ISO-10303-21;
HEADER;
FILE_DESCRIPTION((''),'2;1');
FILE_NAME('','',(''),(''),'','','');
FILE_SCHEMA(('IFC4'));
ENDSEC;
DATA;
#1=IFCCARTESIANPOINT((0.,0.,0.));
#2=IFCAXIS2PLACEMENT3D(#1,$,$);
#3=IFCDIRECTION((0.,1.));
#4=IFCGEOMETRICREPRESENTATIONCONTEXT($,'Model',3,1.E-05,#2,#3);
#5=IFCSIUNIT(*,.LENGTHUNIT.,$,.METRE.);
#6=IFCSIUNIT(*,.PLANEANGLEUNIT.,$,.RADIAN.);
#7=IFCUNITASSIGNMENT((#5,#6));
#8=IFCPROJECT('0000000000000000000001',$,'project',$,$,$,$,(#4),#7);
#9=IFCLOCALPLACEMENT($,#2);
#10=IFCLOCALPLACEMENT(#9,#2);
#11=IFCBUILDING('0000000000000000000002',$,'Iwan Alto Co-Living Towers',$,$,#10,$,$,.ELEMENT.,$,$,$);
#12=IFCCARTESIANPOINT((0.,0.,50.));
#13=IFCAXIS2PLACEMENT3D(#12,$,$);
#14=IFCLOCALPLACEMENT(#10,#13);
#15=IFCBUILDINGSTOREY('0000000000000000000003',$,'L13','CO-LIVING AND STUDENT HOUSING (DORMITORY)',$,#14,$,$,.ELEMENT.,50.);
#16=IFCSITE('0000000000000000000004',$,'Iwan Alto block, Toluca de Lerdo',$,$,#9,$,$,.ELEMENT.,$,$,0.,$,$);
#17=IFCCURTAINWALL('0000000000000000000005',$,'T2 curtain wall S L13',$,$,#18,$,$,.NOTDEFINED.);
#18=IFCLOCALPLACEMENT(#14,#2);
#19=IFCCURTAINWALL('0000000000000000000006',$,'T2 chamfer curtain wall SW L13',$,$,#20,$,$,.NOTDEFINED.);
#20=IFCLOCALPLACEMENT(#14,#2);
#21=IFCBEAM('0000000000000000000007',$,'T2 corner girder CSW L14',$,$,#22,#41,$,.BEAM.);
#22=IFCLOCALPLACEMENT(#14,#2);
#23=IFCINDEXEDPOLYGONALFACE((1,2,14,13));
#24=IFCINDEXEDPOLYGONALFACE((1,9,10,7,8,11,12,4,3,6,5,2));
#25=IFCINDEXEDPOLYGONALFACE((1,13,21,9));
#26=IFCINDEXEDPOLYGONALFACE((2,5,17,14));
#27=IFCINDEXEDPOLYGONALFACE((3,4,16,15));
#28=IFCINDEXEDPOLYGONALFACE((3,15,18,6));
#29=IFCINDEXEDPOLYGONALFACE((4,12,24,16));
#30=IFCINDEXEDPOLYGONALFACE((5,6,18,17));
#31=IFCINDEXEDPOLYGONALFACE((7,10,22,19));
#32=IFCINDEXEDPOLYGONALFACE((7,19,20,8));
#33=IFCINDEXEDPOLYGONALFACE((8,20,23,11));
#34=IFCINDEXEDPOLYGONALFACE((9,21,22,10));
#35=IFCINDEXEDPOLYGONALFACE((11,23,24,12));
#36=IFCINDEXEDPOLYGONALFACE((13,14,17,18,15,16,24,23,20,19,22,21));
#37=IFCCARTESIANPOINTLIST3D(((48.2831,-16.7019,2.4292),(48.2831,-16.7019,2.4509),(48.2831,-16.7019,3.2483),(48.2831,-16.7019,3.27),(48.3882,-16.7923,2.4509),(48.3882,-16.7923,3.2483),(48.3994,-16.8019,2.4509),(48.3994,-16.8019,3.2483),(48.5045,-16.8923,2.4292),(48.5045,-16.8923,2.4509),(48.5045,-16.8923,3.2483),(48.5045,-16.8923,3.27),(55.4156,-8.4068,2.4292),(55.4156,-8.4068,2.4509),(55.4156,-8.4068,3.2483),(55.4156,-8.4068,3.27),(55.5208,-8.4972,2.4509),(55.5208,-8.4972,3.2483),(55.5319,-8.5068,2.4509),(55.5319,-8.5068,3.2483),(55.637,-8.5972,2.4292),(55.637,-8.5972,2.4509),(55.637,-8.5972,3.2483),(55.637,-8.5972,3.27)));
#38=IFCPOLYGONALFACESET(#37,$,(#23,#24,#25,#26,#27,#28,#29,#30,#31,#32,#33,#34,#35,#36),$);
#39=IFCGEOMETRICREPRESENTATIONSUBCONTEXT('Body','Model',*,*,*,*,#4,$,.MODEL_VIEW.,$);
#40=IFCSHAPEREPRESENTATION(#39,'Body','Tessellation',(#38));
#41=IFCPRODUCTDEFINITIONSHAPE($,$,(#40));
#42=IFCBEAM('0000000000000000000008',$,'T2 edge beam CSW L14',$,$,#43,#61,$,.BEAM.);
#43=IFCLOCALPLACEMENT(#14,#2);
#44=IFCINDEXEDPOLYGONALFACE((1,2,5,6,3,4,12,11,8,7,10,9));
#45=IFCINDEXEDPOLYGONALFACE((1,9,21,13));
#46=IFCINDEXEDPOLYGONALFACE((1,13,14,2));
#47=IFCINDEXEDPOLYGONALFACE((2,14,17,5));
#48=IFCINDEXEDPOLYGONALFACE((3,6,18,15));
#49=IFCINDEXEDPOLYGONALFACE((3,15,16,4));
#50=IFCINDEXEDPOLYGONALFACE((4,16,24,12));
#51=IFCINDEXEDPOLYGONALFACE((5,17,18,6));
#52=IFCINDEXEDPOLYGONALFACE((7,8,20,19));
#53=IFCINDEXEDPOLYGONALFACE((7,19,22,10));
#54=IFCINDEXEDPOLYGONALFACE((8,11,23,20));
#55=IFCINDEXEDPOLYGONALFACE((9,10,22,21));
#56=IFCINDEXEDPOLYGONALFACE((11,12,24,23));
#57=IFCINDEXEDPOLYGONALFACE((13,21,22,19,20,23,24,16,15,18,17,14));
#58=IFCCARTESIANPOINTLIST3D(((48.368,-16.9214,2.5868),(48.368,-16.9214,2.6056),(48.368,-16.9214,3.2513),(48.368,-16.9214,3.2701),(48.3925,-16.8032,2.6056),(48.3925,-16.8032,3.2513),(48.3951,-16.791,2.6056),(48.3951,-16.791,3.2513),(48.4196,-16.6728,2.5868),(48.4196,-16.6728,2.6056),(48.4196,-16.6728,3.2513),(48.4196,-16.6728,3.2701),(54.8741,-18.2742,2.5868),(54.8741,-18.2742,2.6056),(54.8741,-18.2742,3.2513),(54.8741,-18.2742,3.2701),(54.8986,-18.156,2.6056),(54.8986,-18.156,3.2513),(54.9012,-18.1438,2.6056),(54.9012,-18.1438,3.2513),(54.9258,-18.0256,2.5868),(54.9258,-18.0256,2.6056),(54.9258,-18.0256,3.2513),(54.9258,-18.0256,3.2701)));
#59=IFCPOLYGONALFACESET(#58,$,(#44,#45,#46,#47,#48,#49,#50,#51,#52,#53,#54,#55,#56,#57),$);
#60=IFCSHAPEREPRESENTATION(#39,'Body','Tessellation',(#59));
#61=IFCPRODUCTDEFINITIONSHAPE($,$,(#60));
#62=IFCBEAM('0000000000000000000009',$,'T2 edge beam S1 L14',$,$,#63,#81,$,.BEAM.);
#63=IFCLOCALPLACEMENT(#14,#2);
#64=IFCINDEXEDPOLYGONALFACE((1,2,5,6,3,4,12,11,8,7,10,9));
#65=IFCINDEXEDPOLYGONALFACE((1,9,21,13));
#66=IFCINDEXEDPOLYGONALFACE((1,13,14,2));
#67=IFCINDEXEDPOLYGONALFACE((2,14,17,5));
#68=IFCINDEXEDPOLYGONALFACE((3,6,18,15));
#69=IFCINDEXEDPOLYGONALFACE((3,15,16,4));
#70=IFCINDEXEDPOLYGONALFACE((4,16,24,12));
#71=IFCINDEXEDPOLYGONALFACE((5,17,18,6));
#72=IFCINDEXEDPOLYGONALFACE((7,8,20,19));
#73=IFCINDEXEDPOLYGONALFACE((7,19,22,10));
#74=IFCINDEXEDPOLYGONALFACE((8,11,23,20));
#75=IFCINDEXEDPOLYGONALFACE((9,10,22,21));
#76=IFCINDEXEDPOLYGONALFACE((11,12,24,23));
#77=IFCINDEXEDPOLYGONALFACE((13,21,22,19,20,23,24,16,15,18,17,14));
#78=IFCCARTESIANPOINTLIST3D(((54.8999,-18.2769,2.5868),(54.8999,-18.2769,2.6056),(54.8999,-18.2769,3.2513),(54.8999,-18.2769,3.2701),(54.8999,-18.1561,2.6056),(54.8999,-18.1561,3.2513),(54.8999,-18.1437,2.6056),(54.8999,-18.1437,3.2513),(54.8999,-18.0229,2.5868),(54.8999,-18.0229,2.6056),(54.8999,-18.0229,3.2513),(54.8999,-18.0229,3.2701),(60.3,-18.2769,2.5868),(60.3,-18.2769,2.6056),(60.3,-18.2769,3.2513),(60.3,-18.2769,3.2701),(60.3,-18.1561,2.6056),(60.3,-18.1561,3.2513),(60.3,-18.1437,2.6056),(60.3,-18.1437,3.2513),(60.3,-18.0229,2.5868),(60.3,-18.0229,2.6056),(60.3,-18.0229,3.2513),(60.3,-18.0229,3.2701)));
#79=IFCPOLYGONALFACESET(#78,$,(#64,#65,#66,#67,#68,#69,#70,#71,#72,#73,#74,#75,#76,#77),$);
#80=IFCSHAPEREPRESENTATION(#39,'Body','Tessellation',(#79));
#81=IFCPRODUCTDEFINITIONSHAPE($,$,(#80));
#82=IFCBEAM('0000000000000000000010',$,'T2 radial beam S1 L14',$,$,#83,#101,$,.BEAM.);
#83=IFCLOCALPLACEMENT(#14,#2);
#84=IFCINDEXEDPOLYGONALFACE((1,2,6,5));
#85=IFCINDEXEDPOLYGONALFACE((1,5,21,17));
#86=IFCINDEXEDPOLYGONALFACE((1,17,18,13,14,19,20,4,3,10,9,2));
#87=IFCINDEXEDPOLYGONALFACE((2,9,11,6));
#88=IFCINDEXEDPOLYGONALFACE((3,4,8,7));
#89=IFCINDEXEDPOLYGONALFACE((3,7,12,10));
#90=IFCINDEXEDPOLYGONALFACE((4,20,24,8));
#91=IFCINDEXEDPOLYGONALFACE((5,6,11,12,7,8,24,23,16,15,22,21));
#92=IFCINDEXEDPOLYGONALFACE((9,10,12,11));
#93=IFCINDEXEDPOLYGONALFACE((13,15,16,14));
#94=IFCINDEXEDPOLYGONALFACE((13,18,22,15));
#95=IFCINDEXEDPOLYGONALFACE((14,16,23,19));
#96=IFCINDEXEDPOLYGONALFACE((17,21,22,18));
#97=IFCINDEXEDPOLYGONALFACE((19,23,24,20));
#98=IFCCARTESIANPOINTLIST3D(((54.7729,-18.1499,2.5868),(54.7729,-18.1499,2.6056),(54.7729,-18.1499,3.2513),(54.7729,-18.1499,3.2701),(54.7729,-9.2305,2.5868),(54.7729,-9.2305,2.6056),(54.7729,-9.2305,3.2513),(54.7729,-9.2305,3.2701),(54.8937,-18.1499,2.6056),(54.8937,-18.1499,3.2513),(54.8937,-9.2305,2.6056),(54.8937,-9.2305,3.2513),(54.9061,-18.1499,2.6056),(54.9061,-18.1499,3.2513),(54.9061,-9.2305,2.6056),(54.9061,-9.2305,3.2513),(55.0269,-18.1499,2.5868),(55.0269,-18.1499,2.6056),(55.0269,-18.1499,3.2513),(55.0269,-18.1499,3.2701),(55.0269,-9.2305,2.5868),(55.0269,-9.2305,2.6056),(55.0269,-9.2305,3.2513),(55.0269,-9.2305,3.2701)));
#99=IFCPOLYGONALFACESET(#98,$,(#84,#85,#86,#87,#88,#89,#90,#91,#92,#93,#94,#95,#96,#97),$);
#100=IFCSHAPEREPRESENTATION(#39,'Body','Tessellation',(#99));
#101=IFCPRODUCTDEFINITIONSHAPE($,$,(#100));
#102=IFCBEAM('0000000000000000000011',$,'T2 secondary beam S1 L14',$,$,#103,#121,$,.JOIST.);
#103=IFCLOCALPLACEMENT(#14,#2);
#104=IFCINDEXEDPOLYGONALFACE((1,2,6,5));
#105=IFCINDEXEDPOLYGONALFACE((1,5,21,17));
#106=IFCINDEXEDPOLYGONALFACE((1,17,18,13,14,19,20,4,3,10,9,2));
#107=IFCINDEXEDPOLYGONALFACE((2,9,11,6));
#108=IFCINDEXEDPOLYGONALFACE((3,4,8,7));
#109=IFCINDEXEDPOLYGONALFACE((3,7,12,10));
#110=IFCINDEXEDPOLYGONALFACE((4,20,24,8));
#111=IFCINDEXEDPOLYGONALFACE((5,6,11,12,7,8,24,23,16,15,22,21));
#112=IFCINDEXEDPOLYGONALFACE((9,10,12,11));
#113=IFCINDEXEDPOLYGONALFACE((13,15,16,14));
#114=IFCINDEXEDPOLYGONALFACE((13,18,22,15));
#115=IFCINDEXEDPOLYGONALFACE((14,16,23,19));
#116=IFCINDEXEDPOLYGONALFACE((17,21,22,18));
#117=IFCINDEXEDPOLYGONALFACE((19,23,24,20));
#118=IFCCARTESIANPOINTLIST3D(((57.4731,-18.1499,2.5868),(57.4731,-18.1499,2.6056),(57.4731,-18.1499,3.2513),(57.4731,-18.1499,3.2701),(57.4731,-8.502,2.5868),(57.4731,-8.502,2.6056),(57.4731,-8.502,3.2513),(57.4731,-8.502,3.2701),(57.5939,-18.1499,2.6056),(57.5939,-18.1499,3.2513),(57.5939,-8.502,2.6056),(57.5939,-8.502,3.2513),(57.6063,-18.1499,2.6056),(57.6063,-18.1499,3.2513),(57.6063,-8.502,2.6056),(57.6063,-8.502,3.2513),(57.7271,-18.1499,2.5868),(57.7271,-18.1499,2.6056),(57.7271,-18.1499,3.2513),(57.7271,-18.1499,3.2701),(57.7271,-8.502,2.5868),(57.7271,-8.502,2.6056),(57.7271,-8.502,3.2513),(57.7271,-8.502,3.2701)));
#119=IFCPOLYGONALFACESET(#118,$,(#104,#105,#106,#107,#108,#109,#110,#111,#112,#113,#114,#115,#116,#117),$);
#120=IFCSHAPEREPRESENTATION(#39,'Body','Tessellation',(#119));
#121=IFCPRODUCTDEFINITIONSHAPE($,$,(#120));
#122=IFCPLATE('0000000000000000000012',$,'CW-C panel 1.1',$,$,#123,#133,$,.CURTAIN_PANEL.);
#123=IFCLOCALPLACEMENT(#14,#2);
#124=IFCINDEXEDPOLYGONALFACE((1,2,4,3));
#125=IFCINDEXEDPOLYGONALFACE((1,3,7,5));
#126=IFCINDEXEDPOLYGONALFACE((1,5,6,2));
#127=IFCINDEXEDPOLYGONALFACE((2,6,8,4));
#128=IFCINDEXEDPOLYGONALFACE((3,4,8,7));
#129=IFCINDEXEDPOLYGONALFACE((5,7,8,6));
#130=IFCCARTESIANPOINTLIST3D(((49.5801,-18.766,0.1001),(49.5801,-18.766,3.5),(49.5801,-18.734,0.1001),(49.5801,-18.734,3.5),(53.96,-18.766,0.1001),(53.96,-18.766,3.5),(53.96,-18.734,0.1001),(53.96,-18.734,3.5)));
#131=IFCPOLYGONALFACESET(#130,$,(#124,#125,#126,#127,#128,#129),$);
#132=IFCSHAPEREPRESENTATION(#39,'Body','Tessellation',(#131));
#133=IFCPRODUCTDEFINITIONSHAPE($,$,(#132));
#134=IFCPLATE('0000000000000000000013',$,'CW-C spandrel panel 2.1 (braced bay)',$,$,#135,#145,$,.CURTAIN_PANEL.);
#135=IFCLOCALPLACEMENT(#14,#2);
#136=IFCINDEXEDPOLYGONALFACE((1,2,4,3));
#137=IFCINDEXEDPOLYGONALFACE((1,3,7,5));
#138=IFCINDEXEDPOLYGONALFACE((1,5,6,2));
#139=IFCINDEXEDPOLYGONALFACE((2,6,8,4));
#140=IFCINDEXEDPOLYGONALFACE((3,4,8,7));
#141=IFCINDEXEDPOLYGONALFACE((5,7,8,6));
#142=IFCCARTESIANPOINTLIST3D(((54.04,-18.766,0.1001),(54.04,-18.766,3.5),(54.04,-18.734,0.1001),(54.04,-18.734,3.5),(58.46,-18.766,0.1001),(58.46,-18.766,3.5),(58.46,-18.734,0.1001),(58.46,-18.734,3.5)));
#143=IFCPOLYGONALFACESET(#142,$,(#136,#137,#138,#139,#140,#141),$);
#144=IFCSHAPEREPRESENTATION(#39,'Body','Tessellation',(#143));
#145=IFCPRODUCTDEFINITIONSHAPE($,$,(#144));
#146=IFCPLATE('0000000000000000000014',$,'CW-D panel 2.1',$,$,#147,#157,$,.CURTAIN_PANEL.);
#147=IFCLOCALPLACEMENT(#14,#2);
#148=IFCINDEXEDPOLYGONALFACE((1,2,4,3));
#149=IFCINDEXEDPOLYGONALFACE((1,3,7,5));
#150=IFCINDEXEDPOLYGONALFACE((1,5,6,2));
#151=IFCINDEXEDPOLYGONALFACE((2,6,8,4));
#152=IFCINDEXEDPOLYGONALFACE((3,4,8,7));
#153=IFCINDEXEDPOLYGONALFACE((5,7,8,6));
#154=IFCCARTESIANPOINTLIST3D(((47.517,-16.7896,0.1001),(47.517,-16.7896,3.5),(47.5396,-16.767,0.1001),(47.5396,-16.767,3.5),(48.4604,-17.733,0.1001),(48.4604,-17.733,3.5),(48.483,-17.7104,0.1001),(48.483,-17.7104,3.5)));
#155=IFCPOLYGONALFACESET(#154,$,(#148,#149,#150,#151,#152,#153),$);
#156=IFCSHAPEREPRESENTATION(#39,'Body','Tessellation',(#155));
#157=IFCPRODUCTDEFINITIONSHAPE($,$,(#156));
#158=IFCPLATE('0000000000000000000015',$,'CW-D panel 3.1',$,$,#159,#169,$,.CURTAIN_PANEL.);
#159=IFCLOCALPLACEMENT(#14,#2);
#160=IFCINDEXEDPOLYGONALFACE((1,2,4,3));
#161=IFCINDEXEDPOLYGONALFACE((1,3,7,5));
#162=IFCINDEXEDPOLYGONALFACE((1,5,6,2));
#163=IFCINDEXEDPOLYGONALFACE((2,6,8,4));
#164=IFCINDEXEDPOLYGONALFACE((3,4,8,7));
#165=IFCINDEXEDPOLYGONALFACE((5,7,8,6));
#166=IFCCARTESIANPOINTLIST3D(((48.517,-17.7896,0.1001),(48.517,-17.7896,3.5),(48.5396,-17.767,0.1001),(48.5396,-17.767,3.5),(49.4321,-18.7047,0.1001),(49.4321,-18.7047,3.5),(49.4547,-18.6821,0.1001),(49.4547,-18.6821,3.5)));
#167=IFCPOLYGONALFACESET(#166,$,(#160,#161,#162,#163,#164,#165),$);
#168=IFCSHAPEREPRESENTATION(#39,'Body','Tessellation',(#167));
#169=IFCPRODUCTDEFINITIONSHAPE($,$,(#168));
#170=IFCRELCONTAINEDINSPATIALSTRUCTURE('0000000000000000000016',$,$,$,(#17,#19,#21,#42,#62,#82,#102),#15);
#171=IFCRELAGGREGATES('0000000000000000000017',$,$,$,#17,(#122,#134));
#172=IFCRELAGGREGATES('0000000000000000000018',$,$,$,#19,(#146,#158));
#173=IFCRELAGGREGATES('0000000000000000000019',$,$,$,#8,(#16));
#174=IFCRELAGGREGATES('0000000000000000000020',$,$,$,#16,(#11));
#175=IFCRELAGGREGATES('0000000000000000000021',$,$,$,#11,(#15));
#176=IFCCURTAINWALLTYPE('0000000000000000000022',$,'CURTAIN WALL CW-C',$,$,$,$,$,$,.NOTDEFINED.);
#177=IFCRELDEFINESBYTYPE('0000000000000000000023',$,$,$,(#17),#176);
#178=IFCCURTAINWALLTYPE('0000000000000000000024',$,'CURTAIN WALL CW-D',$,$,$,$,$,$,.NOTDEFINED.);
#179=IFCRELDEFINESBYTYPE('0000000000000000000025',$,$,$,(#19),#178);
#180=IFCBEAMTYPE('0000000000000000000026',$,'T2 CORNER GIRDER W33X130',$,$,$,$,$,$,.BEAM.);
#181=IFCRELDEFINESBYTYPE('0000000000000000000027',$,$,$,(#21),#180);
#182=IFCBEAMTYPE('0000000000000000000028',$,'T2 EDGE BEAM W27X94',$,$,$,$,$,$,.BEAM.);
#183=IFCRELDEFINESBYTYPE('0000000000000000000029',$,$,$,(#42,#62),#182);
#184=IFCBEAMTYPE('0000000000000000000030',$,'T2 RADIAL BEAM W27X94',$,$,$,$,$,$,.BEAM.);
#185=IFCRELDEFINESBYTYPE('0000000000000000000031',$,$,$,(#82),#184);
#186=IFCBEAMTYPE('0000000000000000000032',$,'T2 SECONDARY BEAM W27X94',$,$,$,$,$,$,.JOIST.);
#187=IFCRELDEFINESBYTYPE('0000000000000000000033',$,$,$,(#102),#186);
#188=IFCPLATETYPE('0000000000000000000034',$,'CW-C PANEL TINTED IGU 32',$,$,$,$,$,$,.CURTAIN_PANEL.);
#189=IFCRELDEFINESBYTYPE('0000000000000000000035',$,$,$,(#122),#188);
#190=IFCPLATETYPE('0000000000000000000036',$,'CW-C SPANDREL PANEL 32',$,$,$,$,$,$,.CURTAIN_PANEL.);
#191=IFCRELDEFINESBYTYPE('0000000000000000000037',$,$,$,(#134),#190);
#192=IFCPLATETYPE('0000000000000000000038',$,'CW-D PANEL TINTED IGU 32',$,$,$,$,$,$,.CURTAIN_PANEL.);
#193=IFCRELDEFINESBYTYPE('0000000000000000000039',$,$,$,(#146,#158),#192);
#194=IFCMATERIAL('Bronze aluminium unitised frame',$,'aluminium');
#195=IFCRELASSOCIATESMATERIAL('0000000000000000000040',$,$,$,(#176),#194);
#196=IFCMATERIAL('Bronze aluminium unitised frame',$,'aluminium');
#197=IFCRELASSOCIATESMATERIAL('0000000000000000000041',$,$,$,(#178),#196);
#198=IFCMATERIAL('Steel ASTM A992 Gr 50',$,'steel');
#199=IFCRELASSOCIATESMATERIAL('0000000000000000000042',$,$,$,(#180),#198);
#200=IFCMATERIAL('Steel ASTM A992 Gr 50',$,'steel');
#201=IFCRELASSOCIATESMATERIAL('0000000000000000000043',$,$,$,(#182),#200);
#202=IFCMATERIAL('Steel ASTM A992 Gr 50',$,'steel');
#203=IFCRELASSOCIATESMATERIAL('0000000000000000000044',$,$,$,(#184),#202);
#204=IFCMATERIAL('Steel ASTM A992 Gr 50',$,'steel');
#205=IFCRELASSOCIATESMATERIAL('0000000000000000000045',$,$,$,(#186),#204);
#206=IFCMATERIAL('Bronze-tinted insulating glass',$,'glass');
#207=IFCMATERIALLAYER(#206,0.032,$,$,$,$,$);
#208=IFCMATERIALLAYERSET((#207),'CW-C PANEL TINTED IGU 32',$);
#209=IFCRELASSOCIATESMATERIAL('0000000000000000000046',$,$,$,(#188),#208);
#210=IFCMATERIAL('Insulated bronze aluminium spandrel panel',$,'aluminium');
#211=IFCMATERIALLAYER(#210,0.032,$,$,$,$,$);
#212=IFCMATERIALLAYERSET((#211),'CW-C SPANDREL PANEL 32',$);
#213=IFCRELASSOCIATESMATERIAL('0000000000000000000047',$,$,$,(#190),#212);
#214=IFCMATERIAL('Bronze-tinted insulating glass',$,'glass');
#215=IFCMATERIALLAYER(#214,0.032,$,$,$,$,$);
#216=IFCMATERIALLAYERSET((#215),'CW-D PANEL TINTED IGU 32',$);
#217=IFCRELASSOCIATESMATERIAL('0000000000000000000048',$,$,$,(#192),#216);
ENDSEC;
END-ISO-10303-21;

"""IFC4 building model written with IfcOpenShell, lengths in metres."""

from ifc_helpers import new_model, si_unit, direction, frame, origin, origin_2d, place, context, subcontext, project, spatial, rectangle, i_section, extrude, material, layer, layer_set, material_profile, profile_set, type_object, element, aggregate, save


model = new_model("IFC4")

# Units and contexts
model_context = context("Model", 3, precision=1e-05, world=origin(), true_north=direction((0.0, 1.0)))
body_context = subcontext(model_context, "Body", "Model", "MODEL_VIEW")
ifc_project = project(units=[si_unit("LENGTHUNIT", "METRE"), si_unit("PLANEANGLEUNIT", "RADIAN")], contexts=[model_context])

# Site, building, storey
site_placement = place(None, origin())
site = spatial("IfcSite", under=ifc_project, at=site_placement, Name="Iwan Alto block, Toluca de Lerdo", CompositionType="ELEMENT", RefElevation=0.0)
building_placement = place(site_placement, origin())
building = spatial("IfcBuilding", under=site, at=building_placement, Name="Iwan Alto Co-Living Towers", CompositionType="ELEMENT")
storey_placement = place(building_placement, frame((0.0, 0.0, 50.0)))
storey = spatial("IfcBuildingStorey", under=building, at=storey_placement, Name="L13", Description="CO-LIVING AND STUDENT HOUSING (DORMITORY)", CompositionType="ELEMENT", Elevation=50.0)

# Curtain walls
ifc_material_1 = material(Name="Bronze aluminium unitised frame", Category="aluminium")
curtain_wall_type_1 = type_object("IfcCurtainWallType", Name="CURTAIN WALL CW-C", PredefinedType="NOTDEFINED", material=ifc_material_1)
curtain_wall_1_placement = place(storey_placement, origin())
curtain_wall_1 = element("IfcCurtainWall", 1, at=curtain_wall_1_placement, inside=storey, type_object=curtain_wall_type_1, Name="T2 curtain wall S L13", PredefinedType="NOTDEFINED")
ifc_material_2 = material(Name="Bronze aluminium unitised frame", Category="aluminium")
curtain_wall_type_2 = type_object("IfcCurtainWallType", Name="CURTAIN WALL CW-D", PredefinedType="NOTDEFINED", material=ifc_material_2)
curtain_wall_2_placement = place(storey_placement, origin())
curtain_wall_2 = element("IfcCurtainWall", 2, at=curtain_wall_2_placement, inside=storey, type_object=curtain_wall_type_2, Name="T2 chamfer curtain wall SW L13", PredefinedType="NOTDEFINED")

# Beams
ifc_material_3 = material(Name="Steel ASTM A992 Gr 50", Category="steel")
ifc_material_profile_1 = material_profile(ifc_material_3, i_section(OverallWidth=0.292, OverallDepth=0.8408, WebThickness=0.0146, FlangeThickness=0.0217, at=origin_2d()), Name="W33X130")
ifc_profile_set_1 = profile_set([ifc_material_profile_1], Name="Steel ASTM A992 Gr 50")
beam_type_1 = type_object("IfcBeamType", Name="T2 CORNER GIRDER W33X130", PredefinedType="BEAM", material=ifc_profile_set_1)
beam_1_placement = place(storey_placement, frame((48.3938, -16.7971, 2.8496), z_axis=(0.651972, 0.758243, 0.0), x_axis=(-0.758243, 0.651972, 0.0)))
element("IfcBeam", 3, at=beam_1_placement, inside=storey, type_object=beam_type_1, Name="T2 corner girder CSW L14", PredefinedType="BEAM", context=body_context, shape_type="SweptSolid", body=[
    extrude(i_section(OverallWidth=0.292, OverallDepth=0.8408, WebThickness=0.0146, FlangeThickness=0.0217, at=origin_2d()), origin(), (0.0, 0.0, 1.0), 10.9399),
])
ifc_material_4 = material(Name="Steel ASTM A992 Gr 50", Category="steel")
ifc_material_profile_2 = material_profile(ifc_material_4, i_section(OverallWidth=0.2539, OverallDepth=0.6833, WebThickness=0.0125, FlangeThickness=0.0188, at=origin_2d()), Name="W27X94")
ifc_profile_set_2 = profile_set([ifc_material_profile_2], Name="Steel ASTM A992 Gr 50")
beam_type_2 = type_object("IfcBeamType", Name="T2 EDGE BEAM W27X94", PredefinedType="BEAM", material=ifc_profile_set_2)
beam_2_placement = place(storey_placement, frame((48.3938, -16.7971, 2.9285), z_axis=(0.97906, -0.203571, 0.0), x_axis=(0.203571, 0.97906, 0.0)))
element("IfcBeam", 4, at=beam_2_placement, inside=storey, type_object=beam_type_2, Name="T2 edge beam CSW L14", PredefinedType="BEAM", context=body_context, shape_type="SweptSolid", body=[
    extrude(i_section(OverallWidth=0.2539, OverallDepth=0.6833, WebThickness=0.0125, FlangeThickness=0.0188, at=origin_2d()), origin(), (0.0, 0.0, 1.0), 6.6453),
])
beam_3_placement = place(storey_placement, frame((54.8999, -18.1499, 2.9285), z_axis=(1.0, 0.0, 0.0), x_axis=(0.0, 1.0, 0.0)))
element("IfcBeam", 5, at=beam_3_placement, inside=storey, type_object=beam_type_2, Name="T2 edge beam S1 L14", PredefinedType="BEAM", context=body_context, shape_type="SweptSolid", body=[
    extrude(i_section(OverallWidth=0.2539, OverallDepth=0.6833, WebThickness=0.0125, FlangeThickness=0.0188, at=origin_2d()), origin(), (0.0, 0.0, 1.0), 5.4001),
])
ifc_material_5 = material(Name="Steel ASTM A992 Gr 50", Category="steel")
ifc_material_profile_3 = material_profile(ifc_material_5, i_section(OverallWidth=0.2539, OverallDepth=0.6833, WebThickness=0.0125, FlangeThickness=0.0188, at=origin_2d()), Name="W27X94")
ifc_profile_set_3 = profile_set([ifc_material_profile_3], Name="Steel ASTM A992 Gr 50")
beam_type_3 = type_object("IfcBeamType", Name="T2 RADIAL BEAM W27X94", PredefinedType="BEAM", material=ifc_profile_set_3)
beam_4_placement = place(storey_placement, frame((54.8999, -18.1499, 2.9285), z_axis=(0.0, 1.0, 0.0), x_axis=(-1.0, 0.0, 0.0)))
element("IfcBeam", 6, at=beam_4_placement, inside=storey, type_object=beam_type_3, Name="T2 radial beam S1 L14", PredefinedType="BEAM", context=body_context, shape_type="SweptSolid", body=[
    extrude(i_section(OverallWidth=0.2539, OverallDepth=0.6833, WebThickness=0.0125, FlangeThickness=0.0188, at=origin_2d()), origin(), (0.0, 0.0, 1.0), 8.9194),
])
ifc_material_6 = material(Name="Steel ASTM A992 Gr 50", Category="steel")
ifc_material_profile_4 = material_profile(ifc_material_6, i_section(OverallWidth=0.2539, OverallDepth=0.6833, WebThickness=0.0125, FlangeThickness=0.0188, at=origin_2d()), Name="W27X94")
ifc_profile_set_4 = profile_set([ifc_material_profile_4], Name="Steel ASTM A992 Gr 50")
beam_type_4 = type_object("IfcBeamType", Name="T2 SECONDARY BEAM W27X94", PredefinedType="JOIST", material=ifc_profile_set_4)
beam_5_placement = place(storey_placement, frame((57.6001, -18.1499, 2.9285), z_axis=(0.0, 1.0, 0.0), x_axis=(-1.0, 0.0, 0.0)))
element("IfcBeam", 7, at=beam_5_placement, inside=storey, type_object=beam_type_4, Name="T2 secondary beam S1 L14", PredefinedType="JOIST", context=body_context, shape_type="SweptSolid", body=[
    extrude(i_section(OverallWidth=0.2539, OverallDepth=0.6833, WebThickness=0.0125, FlangeThickness=0.0188, at=origin_2d()), origin(), (0.0, 0.0, 1.0), 9.6479),
])

# Plates
ifc_material_7 = material(Name="Bronze-tinted insulating glass", Category="glass")
ifc_layer_1 = layer(ifc_material_7, 0.032)
ifc_layer_set_1 = layer_set([ifc_layer_1], Name="CW-C PANEL TINTED IGU 32")
plate_type_1 = type_object("IfcPlateType", Name="CW-C PANEL TINTED IGU 32", PredefinedType="CURTAIN_PANEL", material=ifc_layer_set_1)
plate_1_placement = place(storey_placement, frame((51.77, -18.75, 0.1001), z_axis=(0.0, 0.0, 1.0), x_axis=(1.0, 0.0, 0.0)))
plate_1 = element("IfcPlate", 8, at=plate_1_placement, type_object=plate_type_1, Name="CW-C panel 1.1", PredefinedType="CURTAIN_PANEL", context=body_context, shape_type="SweptSolid", body=[
    extrude(rectangle(XDim=4.3799, YDim=0.032, at=origin_2d()), origin(), (0.0, 0.0, 1.0), 3.3999),
])
ifc_material_8 = material(Name="Insulated bronze aluminium spandrel panel", Category="aluminium")
ifc_layer_2 = layer(ifc_material_8, 0.032)
ifc_layer_set_2 = layer_set([ifc_layer_2], Name="CW-C SPANDREL PANEL 32")
plate_type_2 = type_object("IfcPlateType", Name="CW-C SPANDREL PANEL 32", PredefinedType="CURTAIN_PANEL", material=ifc_layer_set_2)
plate_2_placement = place(storey_placement, frame((56.25, -18.75, 0.1001), z_axis=(0.0, 0.0, 1.0), x_axis=(1.0, 0.0, 0.0)))
plate_2 = element("IfcPlate", 9, at=plate_2_placement, type_object=plate_type_2, Name="CW-C spandrel panel 2.1 (braced bay)", PredefinedType="CURTAIN_PANEL", context=body_context, shape_type="SweptSolid", body=[
    extrude(rectangle(XDim=4.4199, YDim=0.032, at=origin_2d()), origin(), (0.0, 0.0, 1.0), 3.3999),
])
aggregate(curtain_wall_1, [plate_1, plate_2])
ifc_material_9 = material(Name="Bronze-tinted insulating glass", Category="glass")
ifc_layer_3 = layer(ifc_material_9, 0.032)
ifc_layer_set_3 = layer_set([ifc_layer_3], Name="CW-D PANEL TINTED IGU 32")
plate_type_3 = type_object("IfcPlateType", Name="CW-D PANEL TINTED IGU 32", PredefinedType="CURTAIN_PANEL", material=ifc_layer_set_3)
plate_3_placement = place(storey_placement, frame((48.0, -17.25, 0.1001), z_axis=(0.0, 0.0, 1.0), x_axis=(0.707107, -0.707107, 0.0)))
plate_3 = element("IfcPlate", 10, at=plate_3_placement, type_object=plate_type_3, Name="CW-D panel 2.1", PredefinedType="CURTAIN_PANEL", context=body_context, shape_type="SweptSolid", body=[
    extrude(rectangle(XDim=1.3342, YDim=0.032, at=origin_2d()), origin(), (0.0, 0.0, 1.0), 3.3999),
])
plate_4_placement = place(storey_placement, frame((48.9858, -18.2358, 0.1001), z_axis=(0.0, 0.0, 1.0), x_axis=(0.707107, -0.707107, 0.0)))
plate_4 = element("IfcPlate", 11, at=plate_4_placement, type_object=plate_type_3, Name="CW-D panel 3.1", PredefinedType="CURTAIN_PANEL", context=body_context, shape_type="SweptSolid", body=[
    extrude(rectangle(XDim=1.2942, YDim=0.032, at=origin_2d()), origin(), (0.0, 0.0, 1.0), 3.3999),
])
aggregate(curtain_wall_2, [plate_3, plate_4])

save(model, "model.ifc")
